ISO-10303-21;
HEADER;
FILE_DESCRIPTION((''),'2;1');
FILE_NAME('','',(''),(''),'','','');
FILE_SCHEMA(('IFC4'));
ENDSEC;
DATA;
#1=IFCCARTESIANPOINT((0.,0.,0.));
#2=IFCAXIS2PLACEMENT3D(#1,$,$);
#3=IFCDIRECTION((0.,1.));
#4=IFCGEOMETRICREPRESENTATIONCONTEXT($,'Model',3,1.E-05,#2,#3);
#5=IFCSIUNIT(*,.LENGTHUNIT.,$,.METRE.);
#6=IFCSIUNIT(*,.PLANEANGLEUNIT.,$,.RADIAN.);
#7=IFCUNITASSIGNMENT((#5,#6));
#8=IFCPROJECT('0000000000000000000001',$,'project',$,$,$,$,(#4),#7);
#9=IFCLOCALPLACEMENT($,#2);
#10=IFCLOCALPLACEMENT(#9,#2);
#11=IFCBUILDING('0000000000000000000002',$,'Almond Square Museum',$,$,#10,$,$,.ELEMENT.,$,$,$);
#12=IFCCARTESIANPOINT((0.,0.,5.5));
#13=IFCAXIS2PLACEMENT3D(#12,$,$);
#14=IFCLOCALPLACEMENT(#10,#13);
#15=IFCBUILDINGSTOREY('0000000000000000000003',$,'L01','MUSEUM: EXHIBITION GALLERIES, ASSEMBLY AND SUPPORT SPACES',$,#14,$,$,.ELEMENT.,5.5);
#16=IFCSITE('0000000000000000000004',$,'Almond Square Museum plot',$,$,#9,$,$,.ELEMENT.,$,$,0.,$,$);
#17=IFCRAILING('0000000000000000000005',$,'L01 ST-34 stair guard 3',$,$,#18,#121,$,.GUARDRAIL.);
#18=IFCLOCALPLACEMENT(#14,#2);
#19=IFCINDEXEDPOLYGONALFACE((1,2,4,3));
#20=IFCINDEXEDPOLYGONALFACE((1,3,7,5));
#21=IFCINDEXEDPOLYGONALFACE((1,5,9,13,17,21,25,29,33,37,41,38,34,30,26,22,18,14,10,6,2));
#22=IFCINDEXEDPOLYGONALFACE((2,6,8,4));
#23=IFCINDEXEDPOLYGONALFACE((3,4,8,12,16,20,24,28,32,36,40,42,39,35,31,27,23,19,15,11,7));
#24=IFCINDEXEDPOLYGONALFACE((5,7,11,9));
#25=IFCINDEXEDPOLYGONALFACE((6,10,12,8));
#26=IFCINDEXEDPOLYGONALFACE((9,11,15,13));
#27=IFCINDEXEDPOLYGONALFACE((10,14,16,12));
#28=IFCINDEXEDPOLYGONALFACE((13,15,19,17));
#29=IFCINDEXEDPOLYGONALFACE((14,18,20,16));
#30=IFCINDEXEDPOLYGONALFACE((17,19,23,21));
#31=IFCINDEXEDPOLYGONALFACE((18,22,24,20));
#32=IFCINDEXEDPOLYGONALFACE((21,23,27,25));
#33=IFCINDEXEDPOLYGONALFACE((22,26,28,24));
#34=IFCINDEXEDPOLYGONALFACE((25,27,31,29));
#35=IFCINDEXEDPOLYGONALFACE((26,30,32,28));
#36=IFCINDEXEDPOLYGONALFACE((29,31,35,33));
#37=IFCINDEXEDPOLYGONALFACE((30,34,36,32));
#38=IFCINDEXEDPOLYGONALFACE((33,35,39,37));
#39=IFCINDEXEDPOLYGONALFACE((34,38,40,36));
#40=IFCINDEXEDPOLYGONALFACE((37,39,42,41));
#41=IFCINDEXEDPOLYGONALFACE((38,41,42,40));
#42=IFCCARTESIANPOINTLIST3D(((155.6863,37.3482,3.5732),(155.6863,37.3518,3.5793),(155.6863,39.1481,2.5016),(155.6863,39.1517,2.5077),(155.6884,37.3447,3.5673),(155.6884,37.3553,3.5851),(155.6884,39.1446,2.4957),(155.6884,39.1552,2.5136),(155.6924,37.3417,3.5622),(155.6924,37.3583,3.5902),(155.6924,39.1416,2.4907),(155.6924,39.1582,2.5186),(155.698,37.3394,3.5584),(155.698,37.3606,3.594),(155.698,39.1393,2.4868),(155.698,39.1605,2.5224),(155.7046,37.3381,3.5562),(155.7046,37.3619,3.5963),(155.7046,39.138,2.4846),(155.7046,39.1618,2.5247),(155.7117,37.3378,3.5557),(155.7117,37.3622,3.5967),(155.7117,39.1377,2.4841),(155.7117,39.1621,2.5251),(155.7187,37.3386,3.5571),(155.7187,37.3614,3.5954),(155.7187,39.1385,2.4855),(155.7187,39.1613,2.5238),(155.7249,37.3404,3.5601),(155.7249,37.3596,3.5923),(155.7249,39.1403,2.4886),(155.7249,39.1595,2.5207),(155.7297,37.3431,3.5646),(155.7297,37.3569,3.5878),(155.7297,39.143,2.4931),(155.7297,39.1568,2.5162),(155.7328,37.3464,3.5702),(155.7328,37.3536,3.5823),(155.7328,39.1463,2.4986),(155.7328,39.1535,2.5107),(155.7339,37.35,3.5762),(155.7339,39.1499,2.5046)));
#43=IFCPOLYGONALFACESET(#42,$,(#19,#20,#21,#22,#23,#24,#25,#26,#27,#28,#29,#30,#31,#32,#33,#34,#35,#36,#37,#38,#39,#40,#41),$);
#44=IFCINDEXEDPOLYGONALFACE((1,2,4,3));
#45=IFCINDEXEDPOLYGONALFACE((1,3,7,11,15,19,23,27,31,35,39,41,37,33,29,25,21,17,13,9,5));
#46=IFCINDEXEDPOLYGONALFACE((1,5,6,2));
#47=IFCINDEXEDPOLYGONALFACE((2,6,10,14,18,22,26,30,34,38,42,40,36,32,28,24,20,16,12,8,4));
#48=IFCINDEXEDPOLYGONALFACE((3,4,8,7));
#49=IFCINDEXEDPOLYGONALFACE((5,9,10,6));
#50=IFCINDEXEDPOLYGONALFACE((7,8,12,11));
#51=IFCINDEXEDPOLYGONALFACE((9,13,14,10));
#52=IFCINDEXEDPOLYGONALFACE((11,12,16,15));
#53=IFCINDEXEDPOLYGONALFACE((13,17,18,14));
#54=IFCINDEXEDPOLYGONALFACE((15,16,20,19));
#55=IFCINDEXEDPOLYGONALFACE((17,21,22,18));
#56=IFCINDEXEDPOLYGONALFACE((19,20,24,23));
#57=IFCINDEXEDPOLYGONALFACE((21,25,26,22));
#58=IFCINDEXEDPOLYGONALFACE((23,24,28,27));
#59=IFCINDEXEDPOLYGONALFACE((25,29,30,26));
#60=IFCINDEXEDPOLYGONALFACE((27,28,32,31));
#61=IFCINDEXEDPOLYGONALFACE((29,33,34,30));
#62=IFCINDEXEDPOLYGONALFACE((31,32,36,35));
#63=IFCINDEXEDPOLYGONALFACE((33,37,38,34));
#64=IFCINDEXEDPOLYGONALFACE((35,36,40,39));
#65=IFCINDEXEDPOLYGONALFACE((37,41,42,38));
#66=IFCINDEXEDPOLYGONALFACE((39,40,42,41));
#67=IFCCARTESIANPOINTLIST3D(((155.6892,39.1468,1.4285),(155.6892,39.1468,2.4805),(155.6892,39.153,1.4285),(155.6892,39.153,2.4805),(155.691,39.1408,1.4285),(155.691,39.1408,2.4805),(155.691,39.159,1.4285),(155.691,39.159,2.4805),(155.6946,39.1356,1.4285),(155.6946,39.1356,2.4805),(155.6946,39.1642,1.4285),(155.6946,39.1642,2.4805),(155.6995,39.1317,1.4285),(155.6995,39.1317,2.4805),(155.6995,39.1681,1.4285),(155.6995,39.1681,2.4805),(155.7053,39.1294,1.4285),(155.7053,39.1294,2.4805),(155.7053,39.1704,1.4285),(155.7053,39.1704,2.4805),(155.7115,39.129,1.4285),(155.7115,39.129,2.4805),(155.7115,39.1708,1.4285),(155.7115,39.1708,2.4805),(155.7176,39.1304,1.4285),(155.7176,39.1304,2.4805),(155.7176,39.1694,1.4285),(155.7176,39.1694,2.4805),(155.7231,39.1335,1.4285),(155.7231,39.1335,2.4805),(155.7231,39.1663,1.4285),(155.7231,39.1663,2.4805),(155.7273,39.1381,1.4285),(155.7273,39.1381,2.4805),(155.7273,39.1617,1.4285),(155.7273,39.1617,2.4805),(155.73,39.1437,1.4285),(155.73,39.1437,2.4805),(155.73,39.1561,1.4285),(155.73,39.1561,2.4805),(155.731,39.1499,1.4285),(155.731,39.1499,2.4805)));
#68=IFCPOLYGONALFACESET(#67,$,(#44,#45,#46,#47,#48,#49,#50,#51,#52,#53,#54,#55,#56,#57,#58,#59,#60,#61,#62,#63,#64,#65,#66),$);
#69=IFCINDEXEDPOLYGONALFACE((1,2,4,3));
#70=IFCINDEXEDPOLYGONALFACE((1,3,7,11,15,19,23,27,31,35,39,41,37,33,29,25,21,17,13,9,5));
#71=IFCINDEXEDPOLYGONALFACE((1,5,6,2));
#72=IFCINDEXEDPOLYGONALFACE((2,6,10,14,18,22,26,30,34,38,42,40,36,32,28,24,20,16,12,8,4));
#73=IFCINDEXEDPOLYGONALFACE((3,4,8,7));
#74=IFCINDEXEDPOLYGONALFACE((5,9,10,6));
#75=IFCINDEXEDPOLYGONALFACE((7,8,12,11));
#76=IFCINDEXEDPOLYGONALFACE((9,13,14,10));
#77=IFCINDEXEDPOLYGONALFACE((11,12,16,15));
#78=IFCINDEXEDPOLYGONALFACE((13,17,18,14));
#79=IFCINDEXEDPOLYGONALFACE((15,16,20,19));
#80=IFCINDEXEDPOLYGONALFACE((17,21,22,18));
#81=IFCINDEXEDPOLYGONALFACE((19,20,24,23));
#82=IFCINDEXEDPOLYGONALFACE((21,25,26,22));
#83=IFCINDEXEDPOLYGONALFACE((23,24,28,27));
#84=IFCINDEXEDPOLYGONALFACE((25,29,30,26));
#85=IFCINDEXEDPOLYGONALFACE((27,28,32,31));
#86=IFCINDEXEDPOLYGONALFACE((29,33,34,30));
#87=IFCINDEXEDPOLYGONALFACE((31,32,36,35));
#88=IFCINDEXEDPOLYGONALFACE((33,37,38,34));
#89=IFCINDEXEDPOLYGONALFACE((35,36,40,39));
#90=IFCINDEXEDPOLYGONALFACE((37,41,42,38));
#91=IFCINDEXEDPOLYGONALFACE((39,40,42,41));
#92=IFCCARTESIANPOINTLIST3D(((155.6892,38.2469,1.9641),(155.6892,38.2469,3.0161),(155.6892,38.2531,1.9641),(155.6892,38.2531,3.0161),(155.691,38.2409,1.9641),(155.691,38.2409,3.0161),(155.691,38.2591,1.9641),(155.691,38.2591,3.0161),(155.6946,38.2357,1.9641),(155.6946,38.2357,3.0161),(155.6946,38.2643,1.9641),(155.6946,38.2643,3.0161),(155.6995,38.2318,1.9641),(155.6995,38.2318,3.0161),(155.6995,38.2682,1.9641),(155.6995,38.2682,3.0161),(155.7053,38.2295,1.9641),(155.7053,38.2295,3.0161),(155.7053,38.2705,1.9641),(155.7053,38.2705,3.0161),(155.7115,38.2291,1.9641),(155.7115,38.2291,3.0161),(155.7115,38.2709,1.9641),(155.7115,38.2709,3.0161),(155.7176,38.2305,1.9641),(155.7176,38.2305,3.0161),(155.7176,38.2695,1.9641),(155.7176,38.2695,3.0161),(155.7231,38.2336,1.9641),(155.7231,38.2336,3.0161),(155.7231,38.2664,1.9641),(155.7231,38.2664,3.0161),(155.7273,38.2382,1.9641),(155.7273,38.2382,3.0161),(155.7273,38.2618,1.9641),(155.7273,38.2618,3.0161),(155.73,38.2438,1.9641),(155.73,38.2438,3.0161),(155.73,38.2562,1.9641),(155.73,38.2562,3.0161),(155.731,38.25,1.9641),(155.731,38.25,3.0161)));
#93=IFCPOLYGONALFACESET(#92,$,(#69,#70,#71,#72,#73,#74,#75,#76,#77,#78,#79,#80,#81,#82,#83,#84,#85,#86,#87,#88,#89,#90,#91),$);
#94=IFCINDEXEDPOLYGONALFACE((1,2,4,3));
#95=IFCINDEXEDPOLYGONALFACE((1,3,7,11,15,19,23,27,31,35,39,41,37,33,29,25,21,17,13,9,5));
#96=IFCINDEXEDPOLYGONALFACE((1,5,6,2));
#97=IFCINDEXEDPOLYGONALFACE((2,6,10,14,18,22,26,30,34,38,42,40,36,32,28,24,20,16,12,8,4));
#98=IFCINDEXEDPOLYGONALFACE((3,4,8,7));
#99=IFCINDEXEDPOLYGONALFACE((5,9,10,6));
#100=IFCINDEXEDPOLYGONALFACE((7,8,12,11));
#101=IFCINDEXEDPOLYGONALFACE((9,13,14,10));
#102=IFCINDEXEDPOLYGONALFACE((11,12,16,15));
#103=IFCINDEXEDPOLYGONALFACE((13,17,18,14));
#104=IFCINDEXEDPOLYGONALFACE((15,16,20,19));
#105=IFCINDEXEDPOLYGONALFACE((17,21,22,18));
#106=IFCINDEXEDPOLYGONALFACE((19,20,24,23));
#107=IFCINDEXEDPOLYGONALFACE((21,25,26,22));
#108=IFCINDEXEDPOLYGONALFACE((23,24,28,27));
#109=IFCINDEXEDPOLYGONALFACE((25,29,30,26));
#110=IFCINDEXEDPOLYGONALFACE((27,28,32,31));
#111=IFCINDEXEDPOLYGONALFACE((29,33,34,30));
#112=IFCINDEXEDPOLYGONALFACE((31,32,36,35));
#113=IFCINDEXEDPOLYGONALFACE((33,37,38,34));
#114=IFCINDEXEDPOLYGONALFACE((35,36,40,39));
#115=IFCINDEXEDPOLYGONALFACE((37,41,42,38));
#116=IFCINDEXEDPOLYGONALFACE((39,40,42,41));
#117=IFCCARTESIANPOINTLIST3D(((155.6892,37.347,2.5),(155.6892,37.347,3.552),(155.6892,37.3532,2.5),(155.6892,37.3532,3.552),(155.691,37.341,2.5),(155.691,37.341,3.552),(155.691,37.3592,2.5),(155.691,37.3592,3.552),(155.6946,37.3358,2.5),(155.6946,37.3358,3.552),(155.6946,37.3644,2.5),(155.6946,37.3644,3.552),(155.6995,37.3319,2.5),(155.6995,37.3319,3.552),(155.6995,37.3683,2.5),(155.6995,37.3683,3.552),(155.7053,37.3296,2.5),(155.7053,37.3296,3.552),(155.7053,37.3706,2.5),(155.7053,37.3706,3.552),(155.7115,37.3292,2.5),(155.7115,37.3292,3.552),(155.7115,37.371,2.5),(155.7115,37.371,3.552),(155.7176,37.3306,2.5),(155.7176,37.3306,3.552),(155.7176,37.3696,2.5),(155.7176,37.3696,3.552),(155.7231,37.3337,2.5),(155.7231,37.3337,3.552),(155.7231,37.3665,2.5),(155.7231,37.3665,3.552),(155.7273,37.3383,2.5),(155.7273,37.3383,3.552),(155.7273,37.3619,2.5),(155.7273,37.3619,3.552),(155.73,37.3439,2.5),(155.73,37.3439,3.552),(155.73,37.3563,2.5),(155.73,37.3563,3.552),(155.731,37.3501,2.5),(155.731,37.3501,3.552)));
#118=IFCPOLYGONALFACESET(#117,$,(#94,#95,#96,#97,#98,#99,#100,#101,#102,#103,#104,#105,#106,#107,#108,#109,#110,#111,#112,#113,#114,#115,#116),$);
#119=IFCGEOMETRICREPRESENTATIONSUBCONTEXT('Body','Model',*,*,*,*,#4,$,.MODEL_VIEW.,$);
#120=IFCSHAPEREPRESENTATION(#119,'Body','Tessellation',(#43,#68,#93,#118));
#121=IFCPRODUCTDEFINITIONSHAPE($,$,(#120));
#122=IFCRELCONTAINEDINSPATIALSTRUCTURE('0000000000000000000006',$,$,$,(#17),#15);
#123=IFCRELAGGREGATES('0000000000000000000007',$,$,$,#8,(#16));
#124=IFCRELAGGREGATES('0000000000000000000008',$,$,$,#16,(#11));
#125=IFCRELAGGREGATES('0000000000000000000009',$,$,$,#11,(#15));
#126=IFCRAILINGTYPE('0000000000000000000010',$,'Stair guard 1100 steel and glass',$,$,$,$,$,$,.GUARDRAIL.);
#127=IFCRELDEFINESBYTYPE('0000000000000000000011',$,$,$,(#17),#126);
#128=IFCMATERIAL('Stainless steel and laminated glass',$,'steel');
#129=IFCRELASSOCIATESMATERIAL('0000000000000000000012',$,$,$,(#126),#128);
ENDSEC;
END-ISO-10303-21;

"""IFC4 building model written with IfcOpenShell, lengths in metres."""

from ifc_helpers import new_model, si_unit, direction, frame, origin, origin_2d, place, context, subcontext, project, spatial, circle, extrude, material, type_object, element, save


model = new_model("IFC4")

# Units and contexts
model_context = context("Model", 3, precision=1e-05, world=origin(), true_north=direction((0.0, 1.0)))
body_context = subcontext(model_context, "Body", "Model", "MODEL_VIEW")
ifc_project = project(units=[si_unit("LENGTHUNIT", "METRE"), si_unit("PLANEANGLEUNIT", "RADIAN")], contexts=[model_context])

# Site, building, storey
site_placement = place(None, origin())
site = spatial("IfcSite", under=ifc_project, at=site_placement, Name="Almond Square Museum plot", CompositionType="ELEMENT", RefElevation=0.0)
building_placement = place(site_placement, origin())
building = spatial("IfcBuilding", under=site, at=building_placement, Name="Almond Square Museum", CompositionType="ELEMENT")
storey_placement = place(building_placement, frame((0.0, 0.0, 5.5)))
storey = spatial("IfcBuildingStorey", under=building, at=storey_placement, Name="L01", Description="MUSEUM: EXHIBITION GALLERIES, ASSEMBLY AND SUPPORT SPACES", CompositionType="ELEMENT", Elevation=5.5)

# Railing
ifc_material_1 = material(Name="Stainless steel and laminated glass", Category="steel")
railing_type_1 = type_object("IfcRailingType", Name="Stair guard 1100 steel and glass", PredefinedType="GUARDRAIL", material=ifc_material_1)
railing_1_placement = place(storey_placement, frame((155.71, 39.1499, 1.4285)))
element("IfcRailing", 1, at=railing_1_placement, inside=storey, type_object=railing_type_1, Name="L01 ST-34 stair guard 3", PredefinedType="GUARDRAIL", context=body_context, shape_type="SweptSolid", body=[
    extrude(circle(Radius=0.0239, at=origin_2d()), frame((0.0, 0.0, 1.0762), z_axis=(0.0, -0.859247, 0.511562), x_axis=(1.0, 0.0, 0.0)), (0.0, 0.0, 1.0), 2.0947),
    extrude(circle(Radius=0.021, at=origin_2d()), origin(), (0.0, 0.0, 1.0), 1.052),
    extrude(circle(Radius=0.021, at=origin_2d()), frame((0.0, -0.8999, 0.5356)), (0.0, 0.0, 1.0), 1.052),
    extrude(circle(Radius=0.021, at=origin_2d()), frame((0.0, -1.7998, 1.0715)), (0.0, 0.0, 1.0), 1.052),
])

save(model, "model.ifc")
